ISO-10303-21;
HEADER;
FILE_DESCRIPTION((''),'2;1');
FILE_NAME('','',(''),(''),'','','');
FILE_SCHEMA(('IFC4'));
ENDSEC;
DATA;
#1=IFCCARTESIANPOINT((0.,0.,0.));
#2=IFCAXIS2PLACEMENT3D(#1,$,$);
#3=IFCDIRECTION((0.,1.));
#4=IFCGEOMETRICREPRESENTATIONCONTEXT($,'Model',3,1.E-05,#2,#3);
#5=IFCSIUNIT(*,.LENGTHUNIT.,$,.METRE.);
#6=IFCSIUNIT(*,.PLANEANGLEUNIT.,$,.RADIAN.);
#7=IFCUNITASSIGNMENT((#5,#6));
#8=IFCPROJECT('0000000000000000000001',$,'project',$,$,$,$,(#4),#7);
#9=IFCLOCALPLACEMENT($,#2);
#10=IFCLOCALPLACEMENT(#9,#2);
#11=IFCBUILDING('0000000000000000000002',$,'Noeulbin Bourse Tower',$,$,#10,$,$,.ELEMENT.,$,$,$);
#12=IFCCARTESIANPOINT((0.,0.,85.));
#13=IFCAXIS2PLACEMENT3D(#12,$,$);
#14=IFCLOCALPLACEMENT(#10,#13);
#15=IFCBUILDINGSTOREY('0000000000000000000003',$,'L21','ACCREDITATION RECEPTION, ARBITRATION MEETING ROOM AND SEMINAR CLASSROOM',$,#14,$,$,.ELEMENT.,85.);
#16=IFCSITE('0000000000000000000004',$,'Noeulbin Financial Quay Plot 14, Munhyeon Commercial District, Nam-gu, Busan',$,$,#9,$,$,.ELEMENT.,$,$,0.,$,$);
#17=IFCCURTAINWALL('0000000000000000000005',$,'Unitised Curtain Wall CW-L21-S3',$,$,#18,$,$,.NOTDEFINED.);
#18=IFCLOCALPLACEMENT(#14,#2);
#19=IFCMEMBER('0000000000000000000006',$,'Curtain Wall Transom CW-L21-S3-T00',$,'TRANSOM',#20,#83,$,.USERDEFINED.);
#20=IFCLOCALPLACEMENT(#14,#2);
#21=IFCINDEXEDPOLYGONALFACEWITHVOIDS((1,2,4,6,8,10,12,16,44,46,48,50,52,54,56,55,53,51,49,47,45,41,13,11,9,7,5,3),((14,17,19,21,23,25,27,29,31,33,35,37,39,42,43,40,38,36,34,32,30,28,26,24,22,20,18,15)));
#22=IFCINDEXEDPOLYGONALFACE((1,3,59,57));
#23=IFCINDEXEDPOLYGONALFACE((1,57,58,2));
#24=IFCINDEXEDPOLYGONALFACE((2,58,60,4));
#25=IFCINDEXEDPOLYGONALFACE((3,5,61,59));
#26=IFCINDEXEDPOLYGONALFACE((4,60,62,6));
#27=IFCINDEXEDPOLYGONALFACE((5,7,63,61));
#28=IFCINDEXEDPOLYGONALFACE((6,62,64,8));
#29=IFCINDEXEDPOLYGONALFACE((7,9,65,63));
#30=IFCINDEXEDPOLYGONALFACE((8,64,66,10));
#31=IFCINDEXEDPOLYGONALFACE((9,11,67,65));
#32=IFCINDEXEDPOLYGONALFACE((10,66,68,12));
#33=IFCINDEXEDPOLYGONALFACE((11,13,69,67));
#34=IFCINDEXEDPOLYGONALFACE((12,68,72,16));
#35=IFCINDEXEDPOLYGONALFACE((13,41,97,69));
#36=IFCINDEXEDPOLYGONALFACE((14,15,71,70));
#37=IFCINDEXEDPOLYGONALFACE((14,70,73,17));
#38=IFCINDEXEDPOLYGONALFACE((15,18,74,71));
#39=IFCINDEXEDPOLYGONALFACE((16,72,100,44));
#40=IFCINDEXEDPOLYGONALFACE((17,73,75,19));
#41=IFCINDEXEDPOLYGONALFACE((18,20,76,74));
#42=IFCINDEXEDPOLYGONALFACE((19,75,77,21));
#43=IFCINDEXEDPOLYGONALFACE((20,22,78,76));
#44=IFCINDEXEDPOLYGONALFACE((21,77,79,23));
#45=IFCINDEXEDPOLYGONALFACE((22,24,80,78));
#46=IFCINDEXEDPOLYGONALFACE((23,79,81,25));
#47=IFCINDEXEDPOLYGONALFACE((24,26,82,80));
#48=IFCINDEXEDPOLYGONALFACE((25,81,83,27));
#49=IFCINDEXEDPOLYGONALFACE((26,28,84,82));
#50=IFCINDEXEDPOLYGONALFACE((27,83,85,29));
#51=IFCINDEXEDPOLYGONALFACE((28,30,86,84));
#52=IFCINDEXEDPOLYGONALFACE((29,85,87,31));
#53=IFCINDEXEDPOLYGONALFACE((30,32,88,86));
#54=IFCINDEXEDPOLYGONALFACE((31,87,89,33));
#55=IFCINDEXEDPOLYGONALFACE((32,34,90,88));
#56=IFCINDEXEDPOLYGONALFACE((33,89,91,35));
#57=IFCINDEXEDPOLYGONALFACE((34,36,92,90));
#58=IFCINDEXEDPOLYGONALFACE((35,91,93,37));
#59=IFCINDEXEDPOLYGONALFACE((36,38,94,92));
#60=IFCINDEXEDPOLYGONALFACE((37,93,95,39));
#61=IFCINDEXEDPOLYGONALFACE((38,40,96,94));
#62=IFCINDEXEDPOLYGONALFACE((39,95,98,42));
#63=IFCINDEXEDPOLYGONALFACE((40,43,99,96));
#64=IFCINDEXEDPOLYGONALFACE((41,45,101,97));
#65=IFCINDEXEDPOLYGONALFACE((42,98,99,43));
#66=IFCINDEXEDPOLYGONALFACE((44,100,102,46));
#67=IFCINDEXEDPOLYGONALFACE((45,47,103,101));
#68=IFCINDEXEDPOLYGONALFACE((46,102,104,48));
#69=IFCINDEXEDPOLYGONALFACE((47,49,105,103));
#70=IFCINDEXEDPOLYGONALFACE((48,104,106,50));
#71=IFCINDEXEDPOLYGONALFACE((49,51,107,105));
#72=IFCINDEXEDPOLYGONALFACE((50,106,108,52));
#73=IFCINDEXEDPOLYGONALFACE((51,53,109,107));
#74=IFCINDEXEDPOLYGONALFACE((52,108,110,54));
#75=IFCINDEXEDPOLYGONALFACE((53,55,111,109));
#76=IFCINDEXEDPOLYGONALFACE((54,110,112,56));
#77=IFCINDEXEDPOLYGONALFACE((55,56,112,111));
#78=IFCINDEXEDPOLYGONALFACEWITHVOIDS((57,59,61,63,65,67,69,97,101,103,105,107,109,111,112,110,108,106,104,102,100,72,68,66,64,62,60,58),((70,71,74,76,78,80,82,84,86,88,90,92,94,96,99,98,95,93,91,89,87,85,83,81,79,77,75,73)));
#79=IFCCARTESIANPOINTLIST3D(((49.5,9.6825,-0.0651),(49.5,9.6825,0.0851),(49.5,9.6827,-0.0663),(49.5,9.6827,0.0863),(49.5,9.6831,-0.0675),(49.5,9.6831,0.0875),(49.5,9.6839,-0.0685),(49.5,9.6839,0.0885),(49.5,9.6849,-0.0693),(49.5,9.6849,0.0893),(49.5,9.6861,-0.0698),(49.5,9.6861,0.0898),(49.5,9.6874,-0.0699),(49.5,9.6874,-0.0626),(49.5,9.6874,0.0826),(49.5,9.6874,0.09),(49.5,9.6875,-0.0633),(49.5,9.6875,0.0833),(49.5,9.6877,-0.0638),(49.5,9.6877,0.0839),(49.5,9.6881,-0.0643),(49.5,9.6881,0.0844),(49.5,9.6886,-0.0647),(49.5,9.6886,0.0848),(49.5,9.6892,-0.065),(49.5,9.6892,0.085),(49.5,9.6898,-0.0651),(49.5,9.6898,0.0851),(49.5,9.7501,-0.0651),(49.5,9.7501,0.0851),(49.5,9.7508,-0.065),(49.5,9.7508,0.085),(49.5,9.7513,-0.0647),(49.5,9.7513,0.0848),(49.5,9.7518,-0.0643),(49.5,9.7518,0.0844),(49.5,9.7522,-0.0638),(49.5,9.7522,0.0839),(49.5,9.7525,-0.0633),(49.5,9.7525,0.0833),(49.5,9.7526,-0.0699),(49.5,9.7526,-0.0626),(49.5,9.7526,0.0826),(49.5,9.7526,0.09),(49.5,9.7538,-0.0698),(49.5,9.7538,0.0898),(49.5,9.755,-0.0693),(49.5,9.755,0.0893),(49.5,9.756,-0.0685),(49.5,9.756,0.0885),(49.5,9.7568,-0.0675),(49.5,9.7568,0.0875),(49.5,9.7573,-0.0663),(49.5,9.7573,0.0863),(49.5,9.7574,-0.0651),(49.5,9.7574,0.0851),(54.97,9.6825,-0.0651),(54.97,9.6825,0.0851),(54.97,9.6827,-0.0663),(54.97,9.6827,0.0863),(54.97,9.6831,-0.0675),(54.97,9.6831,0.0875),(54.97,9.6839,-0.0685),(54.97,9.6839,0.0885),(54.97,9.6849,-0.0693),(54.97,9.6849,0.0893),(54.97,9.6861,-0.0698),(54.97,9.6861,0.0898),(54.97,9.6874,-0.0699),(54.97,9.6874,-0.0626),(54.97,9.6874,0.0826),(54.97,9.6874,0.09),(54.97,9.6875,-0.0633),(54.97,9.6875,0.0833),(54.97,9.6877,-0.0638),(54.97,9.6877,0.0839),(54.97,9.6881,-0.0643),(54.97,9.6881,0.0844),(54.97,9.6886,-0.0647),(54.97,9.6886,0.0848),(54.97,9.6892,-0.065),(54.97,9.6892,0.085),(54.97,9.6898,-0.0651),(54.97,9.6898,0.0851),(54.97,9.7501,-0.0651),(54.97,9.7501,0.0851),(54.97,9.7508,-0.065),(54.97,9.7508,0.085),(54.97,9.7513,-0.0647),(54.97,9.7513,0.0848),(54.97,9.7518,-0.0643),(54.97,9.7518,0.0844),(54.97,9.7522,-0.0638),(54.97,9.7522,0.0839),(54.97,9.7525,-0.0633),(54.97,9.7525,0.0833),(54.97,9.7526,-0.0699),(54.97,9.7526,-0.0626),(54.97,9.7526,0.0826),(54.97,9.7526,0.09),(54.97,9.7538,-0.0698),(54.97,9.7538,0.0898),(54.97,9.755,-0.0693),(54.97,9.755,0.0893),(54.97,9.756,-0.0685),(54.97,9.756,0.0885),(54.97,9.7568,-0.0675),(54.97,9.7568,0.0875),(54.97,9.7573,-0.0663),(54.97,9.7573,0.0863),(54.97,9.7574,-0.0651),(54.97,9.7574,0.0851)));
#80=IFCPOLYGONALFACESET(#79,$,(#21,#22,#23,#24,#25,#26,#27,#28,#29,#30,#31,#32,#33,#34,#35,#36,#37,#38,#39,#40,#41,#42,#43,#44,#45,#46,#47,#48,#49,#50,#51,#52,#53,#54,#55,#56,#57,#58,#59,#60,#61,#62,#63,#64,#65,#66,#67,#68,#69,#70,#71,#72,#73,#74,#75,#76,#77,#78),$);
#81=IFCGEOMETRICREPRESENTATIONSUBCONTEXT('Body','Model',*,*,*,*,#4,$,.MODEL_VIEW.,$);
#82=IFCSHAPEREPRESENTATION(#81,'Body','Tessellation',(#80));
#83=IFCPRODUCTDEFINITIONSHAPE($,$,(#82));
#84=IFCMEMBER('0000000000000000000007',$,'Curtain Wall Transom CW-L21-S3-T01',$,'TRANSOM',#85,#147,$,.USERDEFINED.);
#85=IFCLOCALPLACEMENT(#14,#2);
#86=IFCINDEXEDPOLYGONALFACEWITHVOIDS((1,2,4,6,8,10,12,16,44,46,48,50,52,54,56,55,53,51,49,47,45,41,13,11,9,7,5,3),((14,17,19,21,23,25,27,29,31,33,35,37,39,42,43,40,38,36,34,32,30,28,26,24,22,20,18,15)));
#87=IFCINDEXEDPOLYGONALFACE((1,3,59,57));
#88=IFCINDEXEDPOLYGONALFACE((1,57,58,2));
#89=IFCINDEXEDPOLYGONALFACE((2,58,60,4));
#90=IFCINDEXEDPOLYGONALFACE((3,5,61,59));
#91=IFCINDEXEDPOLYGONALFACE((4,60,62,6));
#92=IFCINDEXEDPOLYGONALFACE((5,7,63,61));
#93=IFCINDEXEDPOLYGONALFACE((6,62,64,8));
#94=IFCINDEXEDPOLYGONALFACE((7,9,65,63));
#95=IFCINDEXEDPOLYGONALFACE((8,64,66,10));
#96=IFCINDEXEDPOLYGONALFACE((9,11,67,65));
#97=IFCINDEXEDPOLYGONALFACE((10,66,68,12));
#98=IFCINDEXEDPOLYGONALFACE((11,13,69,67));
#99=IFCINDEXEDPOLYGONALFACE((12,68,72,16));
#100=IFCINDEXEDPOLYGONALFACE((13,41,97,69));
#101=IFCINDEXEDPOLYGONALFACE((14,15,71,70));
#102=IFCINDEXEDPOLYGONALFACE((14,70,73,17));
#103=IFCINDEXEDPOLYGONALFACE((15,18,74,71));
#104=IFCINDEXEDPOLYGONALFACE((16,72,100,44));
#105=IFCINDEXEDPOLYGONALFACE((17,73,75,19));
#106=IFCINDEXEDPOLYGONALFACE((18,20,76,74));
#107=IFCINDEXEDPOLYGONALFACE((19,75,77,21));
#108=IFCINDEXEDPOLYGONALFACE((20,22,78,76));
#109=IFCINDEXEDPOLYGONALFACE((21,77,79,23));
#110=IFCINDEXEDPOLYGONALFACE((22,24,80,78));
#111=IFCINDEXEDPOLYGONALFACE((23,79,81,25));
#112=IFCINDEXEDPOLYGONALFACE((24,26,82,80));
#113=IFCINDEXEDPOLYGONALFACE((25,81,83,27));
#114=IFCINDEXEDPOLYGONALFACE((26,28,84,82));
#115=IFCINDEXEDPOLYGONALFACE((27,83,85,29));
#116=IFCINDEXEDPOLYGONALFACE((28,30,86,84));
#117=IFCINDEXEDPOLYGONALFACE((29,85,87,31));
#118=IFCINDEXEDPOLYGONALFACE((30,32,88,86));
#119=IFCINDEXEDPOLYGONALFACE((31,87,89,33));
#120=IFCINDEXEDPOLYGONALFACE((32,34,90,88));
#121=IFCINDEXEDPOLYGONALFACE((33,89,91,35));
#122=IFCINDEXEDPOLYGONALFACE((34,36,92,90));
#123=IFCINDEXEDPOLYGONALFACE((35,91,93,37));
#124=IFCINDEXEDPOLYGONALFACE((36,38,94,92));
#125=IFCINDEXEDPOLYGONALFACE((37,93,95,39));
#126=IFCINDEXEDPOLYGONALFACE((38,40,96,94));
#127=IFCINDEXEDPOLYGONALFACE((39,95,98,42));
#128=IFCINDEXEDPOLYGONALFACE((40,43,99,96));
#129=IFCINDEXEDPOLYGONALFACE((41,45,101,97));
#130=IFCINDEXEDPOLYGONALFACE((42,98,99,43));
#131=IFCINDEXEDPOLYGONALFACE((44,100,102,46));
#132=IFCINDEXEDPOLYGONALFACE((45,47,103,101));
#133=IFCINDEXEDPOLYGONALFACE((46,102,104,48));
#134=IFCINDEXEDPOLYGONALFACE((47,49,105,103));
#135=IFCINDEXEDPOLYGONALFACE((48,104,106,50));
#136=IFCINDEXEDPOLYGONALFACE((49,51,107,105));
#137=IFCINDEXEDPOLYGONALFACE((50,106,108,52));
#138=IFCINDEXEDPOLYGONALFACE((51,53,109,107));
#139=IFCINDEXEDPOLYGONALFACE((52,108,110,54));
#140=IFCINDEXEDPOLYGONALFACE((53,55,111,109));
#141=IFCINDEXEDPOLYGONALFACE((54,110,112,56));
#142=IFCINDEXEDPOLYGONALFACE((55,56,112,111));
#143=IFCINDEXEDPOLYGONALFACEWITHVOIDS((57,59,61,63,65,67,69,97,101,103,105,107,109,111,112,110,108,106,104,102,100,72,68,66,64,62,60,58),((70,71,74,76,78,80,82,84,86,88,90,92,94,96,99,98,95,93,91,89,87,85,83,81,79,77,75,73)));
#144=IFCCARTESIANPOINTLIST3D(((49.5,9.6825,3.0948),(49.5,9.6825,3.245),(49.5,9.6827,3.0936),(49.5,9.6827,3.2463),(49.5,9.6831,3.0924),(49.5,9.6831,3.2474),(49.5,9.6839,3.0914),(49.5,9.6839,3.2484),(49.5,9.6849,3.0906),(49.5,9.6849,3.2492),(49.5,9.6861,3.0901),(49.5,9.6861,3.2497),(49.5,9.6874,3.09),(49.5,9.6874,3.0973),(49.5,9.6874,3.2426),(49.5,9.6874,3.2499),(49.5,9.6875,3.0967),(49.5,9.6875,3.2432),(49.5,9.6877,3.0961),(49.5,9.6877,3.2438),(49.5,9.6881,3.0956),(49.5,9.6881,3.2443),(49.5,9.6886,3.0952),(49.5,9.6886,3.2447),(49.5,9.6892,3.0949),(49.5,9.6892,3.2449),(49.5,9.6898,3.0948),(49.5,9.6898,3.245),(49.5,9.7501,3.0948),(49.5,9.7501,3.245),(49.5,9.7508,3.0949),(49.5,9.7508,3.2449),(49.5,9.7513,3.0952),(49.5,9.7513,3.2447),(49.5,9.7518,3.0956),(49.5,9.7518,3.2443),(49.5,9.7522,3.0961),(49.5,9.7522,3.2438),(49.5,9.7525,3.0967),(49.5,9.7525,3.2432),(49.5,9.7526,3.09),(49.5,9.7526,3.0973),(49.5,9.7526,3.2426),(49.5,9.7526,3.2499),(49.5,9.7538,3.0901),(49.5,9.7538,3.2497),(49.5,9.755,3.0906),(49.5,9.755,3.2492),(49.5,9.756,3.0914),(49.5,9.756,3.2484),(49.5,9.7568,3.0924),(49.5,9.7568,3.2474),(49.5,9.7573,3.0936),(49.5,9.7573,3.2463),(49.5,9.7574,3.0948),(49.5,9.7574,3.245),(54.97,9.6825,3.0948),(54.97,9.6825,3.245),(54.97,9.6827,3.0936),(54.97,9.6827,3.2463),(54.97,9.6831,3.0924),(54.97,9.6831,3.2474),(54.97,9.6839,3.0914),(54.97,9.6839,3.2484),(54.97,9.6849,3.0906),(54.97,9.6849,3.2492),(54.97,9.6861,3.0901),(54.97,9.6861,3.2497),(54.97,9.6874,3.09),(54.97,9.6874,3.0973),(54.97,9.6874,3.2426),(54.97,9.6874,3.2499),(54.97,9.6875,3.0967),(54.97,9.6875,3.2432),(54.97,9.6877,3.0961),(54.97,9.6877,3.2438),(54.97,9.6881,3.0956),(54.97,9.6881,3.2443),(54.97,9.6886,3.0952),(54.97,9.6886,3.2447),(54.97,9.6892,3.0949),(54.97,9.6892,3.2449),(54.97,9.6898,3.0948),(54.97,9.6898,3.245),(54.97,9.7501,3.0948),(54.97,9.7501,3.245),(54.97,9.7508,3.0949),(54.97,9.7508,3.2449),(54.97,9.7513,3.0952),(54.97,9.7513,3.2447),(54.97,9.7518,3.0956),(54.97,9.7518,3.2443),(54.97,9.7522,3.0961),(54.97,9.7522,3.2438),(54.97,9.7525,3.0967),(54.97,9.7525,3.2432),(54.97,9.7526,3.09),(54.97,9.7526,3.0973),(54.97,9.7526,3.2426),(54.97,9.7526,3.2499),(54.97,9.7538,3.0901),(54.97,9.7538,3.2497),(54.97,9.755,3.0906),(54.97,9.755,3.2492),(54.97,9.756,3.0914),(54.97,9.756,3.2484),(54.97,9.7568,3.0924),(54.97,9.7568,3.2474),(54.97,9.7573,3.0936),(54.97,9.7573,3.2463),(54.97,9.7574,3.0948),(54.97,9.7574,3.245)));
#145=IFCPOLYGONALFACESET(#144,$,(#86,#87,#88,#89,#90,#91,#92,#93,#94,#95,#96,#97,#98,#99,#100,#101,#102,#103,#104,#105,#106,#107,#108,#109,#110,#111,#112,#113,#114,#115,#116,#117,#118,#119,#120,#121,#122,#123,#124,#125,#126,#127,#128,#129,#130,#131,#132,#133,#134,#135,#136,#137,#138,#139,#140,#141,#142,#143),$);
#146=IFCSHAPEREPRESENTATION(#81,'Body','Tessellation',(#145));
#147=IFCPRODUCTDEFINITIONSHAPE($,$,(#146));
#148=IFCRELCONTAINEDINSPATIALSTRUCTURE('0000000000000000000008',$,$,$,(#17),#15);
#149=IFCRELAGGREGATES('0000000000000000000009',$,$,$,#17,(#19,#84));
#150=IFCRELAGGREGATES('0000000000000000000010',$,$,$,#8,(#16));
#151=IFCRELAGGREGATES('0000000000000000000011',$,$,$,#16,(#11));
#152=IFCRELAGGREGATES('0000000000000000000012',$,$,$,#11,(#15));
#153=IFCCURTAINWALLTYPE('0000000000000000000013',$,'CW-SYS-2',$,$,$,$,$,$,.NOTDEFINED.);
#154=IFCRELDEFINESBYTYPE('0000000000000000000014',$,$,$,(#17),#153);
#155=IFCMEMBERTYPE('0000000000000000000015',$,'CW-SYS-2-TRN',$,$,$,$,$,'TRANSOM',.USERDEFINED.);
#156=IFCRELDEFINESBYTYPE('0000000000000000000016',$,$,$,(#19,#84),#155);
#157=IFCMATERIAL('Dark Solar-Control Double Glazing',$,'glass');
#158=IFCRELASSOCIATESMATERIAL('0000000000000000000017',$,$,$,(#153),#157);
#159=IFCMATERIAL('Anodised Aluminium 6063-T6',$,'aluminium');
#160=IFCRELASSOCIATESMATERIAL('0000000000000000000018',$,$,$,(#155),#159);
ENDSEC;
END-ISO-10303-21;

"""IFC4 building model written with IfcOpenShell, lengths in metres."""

from ifc_helpers import new_model, si_unit, direction, frame, origin, origin_2d, place, context, subcontext, project, spatial, hollow_rectangle, extrude, material, material_profile, profile_set, type_object, element, aggregate, save


model = new_model("IFC4")

# Units and contexts
model_context = context("Model", 3, precision=1e-05, world=origin(), true_north=direction((0.0, 1.0)))
body_context = subcontext(model_context, "Body", "Model", "MODEL_VIEW")
ifc_project = project(units=[si_unit("LENGTHUNIT", "METRE"), si_unit("PLANEANGLEUNIT", "RADIAN")], contexts=[model_context])

# Site, building, storey
site_placement = place(None, origin())
site = spatial("IfcSite", under=ifc_project, at=site_placement, Name="Noeulbin Financial Quay Plot 14, Munhyeon Commercial District, Nam-gu, Busan", CompositionType="ELEMENT", RefElevation=0.0)
building_placement = place(site_placement, origin())
building = spatial("IfcBuilding", under=site, at=building_placement, Name="Noeulbin Bourse Tower", CompositionType="ELEMENT")
storey_placement = place(building_placement, frame((0.0, 0.0, 85.0)))
storey = spatial("IfcBuildingStorey", under=building, at=storey_placement, Name="L21", Description="ACCREDITATION RECEPTION, ARBITRATION MEETING ROOM AND SEMINAR CLASSROOM", CompositionType="ELEMENT", Elevation=85.0)

# Shared definitions
ifc_material_1 = material(Name="Dark Solar-Control Double Glazing", Category="glass")
curtain_wall_type = type_object("IfcCurtainWallType", Name="CW-SYS-2", PredefinedType="NOTDEFINED", material=ifc_material_1)
ifc_material_2 = material(Name="Anodised Aluminium 6063-T6", Category="aluminium")

# Curtain wall
curtain_wall_1_placement = place(storey_placement, origin())
curtain_wall_1 = element("IfcCurtainWall", 1, at=curtain_wall_1_placement, inside=storey, type_object=curtain_wall_type, Name="Unitised Curtain Wall CW-L21-S3", PredefinedType="NOTDEFINED")

# Members
ifc_material_profile_1 = material_profile(ifc_material_2, hollow_rectangle(XDim=0.075, YDim=0.1599, WallThickness=0.0049, InnerFilletRadius=0.0024, OuterFilletRadius=0.0049, at=origin_2d()), Name="ALU-TRAN-75x160x5", Category="LoadBearing")
ifc_profile_set_1 = profile_set([ifc_material_profile_1], Name="Anodised Aluminium 6063-T6")
member_type_1 = type_object("IfcMemberType", Name="CW-SYS-2-TRN", ElementType="TRANSOM", PredefinedType="USERDEFINED", material=ifc_profile_set_1)
member_1_placement = place(storey_placement, frame((49.5, 9.72, 0.01), z_axis=(1.0, 0.0, 0.0), x_axis=(0.0, 1.0, 0.0)))
member_1 = element("IfcMember", 2, at=member_1_placement, type_object=member_type_1, Name="Curtain Wall Transom CW-L21-S3-T00", ObjectType="TRANSOM", PredefinedType="USERDEFINED", context=body_context, shape_type="SweptSolid", body=[
    extrude(hollow_rectangle(XDim=0.075, YDim=0.1599, WallThickness=0.0049, InnerFilletRadius=0.0024, OuterFilletRadius=0.0049, at=origin_2d()), origin(), (0.0, 0.0, 1.0), 5.47),
])
member_2_placement = place(storey_placement, frame((49.5, 9.72, 3.1699), z_axis=(1.0, 0.0, 0.0), x_axis=(0.0, 1.0, 0.0)))
member_2 = element("IfcMember", 3, at=member_2_placement, type_object=member_type_1, Name="Curtain Wall Transom CW-L21-S3-T01", ObjectType="TRANSOM", PredefinedType="USERDEFINED", context=body_context, shape_type="SweptSolid", body=[
    extrude(hollow_rectangle(XDim=0.075, YDim=0.1599, WallThickness=0.0049, InnerFilletRadius=0.0024, OuterFilletRadius=0.0049, at=origin_2d()), origin(), (0.0, 0.0, 1.0), 5.47),
])

aggregate(curtain_wall_1, [member_1, member_2])

save(model, "model.ifc")
